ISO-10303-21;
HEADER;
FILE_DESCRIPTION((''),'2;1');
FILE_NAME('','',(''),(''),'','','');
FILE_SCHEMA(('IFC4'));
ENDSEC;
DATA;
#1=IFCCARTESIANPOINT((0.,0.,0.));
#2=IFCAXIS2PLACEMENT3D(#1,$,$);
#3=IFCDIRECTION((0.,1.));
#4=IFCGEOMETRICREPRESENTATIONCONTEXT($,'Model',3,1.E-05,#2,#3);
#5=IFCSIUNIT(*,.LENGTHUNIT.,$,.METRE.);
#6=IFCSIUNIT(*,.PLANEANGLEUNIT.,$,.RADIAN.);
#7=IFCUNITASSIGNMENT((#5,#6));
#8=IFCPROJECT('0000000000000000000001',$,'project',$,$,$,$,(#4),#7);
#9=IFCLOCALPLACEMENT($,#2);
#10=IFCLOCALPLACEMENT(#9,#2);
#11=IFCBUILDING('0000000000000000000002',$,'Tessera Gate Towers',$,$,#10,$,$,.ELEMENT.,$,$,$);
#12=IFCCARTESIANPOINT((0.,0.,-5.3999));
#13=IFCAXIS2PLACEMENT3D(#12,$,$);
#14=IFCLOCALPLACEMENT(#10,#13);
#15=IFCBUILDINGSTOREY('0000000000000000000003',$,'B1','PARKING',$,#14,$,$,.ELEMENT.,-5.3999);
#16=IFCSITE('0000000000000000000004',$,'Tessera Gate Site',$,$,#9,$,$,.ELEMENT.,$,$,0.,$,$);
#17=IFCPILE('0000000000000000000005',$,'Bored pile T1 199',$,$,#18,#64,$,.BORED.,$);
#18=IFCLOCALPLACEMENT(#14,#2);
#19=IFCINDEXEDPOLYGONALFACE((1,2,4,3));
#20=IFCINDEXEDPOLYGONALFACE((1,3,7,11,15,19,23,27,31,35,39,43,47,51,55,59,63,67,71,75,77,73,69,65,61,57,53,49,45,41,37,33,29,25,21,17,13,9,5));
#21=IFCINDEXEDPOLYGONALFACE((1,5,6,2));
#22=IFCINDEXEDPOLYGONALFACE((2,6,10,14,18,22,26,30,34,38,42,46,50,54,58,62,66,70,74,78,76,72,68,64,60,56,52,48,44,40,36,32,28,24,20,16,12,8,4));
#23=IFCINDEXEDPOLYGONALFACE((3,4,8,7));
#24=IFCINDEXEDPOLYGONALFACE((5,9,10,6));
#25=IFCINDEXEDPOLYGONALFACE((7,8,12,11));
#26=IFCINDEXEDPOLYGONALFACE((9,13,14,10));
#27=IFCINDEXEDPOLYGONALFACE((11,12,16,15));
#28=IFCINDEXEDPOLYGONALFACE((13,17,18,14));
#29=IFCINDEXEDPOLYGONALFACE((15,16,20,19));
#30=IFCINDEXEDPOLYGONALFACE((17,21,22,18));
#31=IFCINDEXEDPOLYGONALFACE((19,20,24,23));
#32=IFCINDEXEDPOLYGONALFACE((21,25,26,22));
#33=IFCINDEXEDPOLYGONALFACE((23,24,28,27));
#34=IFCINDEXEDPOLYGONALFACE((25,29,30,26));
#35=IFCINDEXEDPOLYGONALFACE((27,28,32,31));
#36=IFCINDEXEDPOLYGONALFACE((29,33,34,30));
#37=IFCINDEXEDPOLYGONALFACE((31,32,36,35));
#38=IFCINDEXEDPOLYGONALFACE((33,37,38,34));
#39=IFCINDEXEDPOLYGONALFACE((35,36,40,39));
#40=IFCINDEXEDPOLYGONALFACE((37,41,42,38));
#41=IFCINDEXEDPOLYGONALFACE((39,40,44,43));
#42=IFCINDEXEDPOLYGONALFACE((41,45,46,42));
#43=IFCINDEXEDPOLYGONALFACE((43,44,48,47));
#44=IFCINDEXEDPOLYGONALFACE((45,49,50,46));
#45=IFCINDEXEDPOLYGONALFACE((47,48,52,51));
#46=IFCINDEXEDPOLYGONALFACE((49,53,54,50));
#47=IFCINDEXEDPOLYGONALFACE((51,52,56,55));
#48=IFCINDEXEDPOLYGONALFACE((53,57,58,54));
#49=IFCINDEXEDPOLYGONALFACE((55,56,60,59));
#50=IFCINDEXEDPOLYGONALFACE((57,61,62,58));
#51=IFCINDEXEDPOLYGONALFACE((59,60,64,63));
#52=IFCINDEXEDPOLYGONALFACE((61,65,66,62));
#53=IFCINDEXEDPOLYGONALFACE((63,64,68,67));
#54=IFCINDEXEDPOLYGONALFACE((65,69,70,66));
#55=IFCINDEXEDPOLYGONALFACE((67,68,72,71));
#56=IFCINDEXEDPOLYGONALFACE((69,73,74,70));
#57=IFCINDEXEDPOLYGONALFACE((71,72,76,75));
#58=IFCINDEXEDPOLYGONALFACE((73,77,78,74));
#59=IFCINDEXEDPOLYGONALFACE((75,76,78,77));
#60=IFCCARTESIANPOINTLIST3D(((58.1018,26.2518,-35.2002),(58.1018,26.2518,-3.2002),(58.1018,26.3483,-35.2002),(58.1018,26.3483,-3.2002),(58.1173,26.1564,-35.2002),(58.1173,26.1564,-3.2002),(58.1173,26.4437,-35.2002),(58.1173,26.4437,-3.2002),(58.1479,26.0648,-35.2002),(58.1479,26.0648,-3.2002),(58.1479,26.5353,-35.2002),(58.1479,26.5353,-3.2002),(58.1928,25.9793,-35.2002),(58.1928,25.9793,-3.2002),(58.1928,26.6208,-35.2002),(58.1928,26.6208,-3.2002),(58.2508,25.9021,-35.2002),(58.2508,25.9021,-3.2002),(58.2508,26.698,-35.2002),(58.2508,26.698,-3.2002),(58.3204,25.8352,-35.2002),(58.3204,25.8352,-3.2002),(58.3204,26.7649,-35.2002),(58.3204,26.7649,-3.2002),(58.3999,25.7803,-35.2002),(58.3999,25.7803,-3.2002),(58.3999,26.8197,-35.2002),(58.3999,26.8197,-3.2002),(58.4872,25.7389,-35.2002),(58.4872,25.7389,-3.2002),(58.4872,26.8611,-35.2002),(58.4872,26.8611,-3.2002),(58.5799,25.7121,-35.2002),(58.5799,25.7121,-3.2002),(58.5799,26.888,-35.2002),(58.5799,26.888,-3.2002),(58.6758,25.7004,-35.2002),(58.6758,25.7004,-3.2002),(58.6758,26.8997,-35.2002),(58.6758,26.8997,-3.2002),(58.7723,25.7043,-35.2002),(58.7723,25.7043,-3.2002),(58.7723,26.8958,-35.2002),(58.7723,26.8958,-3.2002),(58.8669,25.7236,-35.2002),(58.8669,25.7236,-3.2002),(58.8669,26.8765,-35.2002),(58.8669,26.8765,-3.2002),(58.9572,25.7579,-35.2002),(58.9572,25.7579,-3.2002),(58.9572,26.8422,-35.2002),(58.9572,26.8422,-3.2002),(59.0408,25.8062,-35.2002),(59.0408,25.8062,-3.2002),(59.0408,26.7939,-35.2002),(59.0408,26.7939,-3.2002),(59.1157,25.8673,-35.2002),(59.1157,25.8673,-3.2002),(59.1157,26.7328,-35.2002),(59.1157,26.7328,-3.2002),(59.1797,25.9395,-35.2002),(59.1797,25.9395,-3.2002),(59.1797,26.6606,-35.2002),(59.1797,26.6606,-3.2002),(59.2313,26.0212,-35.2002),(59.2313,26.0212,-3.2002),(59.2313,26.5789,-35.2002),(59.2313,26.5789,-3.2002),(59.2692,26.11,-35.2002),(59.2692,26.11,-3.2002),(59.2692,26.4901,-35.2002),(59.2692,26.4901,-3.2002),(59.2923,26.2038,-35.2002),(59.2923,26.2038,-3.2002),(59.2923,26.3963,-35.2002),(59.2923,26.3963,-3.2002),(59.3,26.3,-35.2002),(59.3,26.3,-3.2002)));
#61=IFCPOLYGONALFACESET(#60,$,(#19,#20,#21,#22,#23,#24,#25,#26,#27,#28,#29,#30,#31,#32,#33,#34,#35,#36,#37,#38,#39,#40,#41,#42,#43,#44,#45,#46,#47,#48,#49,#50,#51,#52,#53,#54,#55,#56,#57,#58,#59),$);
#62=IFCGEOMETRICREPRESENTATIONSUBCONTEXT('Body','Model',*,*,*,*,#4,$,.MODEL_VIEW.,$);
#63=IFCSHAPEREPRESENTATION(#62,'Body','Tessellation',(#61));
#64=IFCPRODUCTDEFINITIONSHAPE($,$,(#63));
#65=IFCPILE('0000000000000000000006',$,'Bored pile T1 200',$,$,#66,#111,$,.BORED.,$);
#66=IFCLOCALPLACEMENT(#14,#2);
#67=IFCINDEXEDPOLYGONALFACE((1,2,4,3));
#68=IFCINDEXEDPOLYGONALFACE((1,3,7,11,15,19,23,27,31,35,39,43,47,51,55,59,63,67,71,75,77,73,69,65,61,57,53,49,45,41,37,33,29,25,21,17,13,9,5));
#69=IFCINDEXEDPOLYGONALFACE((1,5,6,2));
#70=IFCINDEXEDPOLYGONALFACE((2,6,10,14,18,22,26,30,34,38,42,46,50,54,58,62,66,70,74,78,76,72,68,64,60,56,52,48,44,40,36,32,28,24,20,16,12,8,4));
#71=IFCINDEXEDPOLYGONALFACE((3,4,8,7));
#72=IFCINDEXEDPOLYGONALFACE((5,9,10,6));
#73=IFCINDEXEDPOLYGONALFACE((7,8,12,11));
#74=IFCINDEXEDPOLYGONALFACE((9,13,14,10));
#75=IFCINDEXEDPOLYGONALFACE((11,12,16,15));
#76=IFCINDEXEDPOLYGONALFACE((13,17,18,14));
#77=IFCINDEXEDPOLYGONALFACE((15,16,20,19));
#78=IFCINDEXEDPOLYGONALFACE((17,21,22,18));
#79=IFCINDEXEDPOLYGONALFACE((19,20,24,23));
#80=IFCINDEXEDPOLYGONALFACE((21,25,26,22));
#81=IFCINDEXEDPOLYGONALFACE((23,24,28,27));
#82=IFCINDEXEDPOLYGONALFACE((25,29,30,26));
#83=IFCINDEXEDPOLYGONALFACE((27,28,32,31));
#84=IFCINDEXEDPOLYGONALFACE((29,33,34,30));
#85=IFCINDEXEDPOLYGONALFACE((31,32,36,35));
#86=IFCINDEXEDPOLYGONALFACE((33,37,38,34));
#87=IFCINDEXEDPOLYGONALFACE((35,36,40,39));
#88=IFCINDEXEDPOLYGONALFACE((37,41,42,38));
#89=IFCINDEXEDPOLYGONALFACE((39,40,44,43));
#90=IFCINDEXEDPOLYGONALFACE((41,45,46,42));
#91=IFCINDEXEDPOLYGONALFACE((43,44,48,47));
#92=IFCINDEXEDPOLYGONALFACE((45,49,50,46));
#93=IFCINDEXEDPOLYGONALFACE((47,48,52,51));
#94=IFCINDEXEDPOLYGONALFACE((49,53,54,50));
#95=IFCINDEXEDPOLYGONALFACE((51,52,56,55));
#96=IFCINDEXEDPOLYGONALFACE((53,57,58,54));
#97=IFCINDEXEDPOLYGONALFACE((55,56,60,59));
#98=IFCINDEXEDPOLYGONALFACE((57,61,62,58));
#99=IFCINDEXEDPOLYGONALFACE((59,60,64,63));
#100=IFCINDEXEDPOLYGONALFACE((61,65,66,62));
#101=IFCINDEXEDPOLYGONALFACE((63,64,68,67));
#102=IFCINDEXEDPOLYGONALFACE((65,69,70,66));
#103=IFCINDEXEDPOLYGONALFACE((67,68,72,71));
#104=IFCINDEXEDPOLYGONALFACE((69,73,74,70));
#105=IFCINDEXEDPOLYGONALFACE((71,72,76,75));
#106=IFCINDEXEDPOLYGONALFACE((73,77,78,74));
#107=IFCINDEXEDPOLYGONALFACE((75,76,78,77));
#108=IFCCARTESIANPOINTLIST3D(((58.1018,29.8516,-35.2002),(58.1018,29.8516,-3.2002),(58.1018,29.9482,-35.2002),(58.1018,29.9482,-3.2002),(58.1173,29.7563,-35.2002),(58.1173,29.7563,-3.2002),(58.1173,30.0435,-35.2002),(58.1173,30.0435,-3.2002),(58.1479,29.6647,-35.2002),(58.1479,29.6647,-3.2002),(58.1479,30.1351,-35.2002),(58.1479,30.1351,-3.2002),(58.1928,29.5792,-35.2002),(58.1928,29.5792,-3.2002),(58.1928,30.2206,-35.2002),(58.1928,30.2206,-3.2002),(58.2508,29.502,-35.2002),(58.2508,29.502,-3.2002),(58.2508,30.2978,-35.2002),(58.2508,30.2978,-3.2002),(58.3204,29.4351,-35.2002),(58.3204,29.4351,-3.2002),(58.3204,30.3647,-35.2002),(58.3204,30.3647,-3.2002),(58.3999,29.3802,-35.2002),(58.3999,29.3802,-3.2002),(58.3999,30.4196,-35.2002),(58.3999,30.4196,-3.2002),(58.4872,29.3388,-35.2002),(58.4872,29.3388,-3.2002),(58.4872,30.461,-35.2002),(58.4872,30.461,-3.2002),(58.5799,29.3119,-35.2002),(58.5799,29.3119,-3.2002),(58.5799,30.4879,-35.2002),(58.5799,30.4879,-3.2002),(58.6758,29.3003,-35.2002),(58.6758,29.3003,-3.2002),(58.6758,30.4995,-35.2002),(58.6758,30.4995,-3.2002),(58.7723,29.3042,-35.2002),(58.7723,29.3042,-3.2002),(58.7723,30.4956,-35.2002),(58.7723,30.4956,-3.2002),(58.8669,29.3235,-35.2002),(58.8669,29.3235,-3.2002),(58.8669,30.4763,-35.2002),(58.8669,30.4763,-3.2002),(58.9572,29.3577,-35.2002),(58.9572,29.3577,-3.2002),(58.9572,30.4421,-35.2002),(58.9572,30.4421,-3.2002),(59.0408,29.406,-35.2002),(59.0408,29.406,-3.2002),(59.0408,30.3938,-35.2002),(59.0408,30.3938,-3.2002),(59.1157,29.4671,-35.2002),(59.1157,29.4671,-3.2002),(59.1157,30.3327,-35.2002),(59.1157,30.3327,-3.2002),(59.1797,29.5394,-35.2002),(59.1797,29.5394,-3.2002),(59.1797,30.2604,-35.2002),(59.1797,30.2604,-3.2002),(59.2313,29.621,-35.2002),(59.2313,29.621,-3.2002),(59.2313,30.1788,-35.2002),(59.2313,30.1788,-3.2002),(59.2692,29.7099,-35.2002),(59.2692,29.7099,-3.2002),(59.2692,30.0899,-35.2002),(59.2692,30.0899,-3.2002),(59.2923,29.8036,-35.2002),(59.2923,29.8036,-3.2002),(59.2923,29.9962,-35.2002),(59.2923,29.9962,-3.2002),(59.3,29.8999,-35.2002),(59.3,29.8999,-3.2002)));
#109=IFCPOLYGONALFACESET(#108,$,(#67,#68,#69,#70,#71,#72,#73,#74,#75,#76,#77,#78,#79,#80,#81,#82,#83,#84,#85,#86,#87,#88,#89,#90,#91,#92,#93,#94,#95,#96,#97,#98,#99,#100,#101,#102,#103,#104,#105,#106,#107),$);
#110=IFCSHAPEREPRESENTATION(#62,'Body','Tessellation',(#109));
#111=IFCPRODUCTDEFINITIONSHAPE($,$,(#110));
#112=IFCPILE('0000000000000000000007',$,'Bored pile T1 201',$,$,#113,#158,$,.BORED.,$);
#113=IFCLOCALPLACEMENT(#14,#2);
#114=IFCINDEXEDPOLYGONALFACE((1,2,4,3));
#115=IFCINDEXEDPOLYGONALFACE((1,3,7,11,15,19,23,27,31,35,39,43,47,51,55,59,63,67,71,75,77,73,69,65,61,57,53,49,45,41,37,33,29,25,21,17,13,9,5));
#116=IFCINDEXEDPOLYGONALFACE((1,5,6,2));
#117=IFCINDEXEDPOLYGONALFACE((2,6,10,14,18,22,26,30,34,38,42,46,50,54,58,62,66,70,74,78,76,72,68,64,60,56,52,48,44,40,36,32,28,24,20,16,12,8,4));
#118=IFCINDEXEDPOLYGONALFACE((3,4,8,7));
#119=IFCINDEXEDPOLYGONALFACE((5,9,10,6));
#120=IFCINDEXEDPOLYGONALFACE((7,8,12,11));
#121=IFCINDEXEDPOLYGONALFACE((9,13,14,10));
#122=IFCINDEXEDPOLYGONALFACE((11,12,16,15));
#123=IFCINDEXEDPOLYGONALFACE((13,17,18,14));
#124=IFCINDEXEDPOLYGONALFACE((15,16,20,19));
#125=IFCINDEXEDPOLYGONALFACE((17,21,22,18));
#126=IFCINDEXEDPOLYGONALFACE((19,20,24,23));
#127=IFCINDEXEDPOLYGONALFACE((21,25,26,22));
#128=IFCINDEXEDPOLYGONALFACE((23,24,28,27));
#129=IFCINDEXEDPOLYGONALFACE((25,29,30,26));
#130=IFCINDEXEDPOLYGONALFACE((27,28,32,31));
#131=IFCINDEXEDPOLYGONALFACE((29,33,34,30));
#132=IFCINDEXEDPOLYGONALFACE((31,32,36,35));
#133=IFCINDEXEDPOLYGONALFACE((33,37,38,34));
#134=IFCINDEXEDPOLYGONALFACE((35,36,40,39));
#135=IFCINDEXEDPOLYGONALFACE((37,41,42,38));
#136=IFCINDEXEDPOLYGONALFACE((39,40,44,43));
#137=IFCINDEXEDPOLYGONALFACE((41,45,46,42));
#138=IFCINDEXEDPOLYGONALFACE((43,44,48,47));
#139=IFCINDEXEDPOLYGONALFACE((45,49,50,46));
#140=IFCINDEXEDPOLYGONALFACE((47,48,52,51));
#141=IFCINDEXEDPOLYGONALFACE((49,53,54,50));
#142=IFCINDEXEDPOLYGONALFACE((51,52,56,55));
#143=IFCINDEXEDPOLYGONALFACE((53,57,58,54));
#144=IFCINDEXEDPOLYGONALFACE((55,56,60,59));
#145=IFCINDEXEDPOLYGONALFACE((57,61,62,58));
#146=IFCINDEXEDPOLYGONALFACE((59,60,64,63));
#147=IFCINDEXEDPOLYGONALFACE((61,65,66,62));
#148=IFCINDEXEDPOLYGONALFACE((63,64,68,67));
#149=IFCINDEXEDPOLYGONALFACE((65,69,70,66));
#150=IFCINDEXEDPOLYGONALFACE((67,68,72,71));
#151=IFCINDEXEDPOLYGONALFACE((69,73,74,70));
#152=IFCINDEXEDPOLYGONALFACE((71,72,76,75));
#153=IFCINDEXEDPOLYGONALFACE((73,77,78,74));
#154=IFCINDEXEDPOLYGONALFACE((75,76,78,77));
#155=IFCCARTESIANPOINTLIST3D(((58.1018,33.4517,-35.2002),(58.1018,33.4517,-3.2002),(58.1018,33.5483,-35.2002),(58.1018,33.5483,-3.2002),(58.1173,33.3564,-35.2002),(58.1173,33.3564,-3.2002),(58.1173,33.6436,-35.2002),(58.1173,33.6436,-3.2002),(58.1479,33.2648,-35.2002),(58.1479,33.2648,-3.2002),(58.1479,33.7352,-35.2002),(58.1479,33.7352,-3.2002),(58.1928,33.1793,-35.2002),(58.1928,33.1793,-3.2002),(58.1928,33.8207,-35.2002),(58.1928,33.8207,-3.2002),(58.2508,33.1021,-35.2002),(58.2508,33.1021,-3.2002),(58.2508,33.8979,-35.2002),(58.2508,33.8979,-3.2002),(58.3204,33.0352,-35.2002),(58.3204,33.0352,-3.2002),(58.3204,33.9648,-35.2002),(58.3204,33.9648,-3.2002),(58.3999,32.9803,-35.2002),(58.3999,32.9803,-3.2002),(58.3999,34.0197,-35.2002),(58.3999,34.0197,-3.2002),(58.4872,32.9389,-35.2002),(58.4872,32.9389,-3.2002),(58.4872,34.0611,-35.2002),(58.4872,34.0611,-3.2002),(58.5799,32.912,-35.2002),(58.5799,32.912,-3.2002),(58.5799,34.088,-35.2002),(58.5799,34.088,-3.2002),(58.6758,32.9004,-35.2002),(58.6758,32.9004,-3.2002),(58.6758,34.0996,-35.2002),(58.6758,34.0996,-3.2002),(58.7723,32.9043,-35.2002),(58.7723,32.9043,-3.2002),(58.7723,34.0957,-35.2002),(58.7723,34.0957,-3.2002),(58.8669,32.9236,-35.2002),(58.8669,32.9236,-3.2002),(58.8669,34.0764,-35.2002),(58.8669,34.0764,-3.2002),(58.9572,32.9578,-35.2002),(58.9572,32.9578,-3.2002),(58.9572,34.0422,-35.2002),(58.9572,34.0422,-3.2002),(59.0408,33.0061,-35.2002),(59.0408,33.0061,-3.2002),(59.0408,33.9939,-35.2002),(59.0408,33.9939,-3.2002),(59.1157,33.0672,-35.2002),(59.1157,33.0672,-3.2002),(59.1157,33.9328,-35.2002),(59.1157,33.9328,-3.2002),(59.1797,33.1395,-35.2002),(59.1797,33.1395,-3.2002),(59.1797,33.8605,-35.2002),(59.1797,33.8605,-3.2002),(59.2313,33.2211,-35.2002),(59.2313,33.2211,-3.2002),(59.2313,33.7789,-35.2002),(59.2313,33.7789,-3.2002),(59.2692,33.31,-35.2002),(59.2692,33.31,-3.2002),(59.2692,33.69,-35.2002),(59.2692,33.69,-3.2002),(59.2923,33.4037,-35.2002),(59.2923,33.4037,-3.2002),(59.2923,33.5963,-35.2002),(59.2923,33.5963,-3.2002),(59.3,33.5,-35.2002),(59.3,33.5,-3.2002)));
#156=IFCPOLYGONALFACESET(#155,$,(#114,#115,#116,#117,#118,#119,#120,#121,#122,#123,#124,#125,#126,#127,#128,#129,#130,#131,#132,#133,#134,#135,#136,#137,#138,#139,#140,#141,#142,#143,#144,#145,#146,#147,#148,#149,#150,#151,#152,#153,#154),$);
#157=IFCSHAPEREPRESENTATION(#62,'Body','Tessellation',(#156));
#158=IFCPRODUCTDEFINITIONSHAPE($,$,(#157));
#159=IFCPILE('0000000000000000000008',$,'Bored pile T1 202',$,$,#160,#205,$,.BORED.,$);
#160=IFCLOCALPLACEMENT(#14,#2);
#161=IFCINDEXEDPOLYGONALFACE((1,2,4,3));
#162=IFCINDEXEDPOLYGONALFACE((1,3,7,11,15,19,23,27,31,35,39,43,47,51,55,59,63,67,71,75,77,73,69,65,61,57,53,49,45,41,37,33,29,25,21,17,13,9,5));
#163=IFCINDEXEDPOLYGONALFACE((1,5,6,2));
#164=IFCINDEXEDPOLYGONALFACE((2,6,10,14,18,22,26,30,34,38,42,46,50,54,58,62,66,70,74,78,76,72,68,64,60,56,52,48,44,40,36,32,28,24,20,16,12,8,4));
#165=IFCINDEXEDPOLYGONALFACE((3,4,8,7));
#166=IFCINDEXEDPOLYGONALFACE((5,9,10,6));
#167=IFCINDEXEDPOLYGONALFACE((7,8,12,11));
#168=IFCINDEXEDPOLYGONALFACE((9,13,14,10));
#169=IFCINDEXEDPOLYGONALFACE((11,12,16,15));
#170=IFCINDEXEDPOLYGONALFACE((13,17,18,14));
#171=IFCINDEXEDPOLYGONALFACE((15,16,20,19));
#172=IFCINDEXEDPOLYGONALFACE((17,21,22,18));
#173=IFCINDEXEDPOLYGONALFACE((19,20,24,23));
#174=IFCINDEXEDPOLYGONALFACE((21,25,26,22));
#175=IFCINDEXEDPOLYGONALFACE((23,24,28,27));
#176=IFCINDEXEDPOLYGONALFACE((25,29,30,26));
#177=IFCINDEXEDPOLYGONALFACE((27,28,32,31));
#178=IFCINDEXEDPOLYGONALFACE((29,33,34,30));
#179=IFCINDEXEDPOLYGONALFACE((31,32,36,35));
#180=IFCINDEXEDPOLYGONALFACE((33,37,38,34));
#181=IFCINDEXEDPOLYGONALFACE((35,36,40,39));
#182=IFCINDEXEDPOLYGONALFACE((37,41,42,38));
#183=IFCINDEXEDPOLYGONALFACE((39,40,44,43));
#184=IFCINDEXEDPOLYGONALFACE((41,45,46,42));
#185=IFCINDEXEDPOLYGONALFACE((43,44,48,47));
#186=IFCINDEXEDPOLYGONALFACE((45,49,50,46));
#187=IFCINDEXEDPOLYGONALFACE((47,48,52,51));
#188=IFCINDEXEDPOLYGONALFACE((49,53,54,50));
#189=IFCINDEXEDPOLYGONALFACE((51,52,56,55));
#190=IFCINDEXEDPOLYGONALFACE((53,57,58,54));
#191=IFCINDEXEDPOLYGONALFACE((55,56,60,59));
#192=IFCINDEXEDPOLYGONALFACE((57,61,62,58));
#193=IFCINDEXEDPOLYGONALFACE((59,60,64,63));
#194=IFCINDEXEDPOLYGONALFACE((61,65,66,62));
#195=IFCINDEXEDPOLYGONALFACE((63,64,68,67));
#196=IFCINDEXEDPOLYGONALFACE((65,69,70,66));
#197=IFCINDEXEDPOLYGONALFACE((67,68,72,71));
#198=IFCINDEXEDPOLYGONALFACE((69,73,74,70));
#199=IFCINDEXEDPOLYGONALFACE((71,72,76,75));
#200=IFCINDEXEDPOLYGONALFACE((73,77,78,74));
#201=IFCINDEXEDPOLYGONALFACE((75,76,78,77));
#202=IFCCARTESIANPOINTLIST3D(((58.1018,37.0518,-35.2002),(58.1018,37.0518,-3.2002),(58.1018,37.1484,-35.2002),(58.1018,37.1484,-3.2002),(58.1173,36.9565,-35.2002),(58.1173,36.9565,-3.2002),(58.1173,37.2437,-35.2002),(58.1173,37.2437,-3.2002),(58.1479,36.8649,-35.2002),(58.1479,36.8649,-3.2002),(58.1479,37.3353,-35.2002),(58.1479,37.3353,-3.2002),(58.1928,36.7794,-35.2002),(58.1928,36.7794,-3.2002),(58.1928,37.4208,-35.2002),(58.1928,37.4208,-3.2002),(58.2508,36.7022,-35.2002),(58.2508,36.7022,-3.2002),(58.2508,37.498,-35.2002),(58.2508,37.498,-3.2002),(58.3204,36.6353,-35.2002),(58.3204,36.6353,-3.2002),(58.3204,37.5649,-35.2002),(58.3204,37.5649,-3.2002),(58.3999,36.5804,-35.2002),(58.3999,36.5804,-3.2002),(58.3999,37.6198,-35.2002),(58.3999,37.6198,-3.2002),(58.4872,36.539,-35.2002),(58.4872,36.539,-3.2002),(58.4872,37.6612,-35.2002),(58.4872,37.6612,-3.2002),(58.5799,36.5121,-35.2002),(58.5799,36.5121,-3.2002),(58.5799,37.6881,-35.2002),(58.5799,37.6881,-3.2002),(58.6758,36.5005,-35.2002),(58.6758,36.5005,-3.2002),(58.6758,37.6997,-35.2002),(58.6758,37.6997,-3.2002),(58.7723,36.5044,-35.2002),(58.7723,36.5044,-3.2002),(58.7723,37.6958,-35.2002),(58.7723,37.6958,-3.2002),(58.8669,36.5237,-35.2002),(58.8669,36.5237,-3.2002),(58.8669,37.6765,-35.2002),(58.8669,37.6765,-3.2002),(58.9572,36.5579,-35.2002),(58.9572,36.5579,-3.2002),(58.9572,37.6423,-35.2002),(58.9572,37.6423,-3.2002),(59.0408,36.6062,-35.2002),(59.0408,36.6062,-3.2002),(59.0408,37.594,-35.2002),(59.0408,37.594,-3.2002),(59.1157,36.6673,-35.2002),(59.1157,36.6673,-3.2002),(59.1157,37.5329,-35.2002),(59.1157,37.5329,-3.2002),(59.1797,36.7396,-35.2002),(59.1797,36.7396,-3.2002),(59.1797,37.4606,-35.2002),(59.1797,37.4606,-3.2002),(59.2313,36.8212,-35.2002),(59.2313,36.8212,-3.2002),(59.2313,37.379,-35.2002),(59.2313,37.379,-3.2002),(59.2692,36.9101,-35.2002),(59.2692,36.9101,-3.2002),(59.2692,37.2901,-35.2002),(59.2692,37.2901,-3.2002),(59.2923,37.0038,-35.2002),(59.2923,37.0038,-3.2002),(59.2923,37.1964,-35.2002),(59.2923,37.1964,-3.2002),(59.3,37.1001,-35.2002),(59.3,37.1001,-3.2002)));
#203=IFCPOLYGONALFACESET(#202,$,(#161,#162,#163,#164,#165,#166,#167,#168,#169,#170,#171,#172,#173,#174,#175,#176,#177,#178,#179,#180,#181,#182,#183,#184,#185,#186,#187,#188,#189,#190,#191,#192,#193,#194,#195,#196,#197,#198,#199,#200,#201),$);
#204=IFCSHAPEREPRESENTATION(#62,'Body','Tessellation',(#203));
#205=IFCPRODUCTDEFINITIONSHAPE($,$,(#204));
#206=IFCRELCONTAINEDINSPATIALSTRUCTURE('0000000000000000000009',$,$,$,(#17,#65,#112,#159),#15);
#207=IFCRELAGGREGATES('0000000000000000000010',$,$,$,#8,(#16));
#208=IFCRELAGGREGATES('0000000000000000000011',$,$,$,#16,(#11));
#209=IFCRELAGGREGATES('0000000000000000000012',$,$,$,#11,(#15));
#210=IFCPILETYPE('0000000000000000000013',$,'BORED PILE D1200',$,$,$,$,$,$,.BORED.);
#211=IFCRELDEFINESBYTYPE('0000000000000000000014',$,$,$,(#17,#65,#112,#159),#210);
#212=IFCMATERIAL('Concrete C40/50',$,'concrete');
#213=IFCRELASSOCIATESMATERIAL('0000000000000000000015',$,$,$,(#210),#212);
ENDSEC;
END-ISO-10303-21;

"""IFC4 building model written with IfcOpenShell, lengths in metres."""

from ifc_helpers import new_model, si_unit, direction, frame, origin, origin_2d, place, context, subcontext, project, spatial, circle, extrude, material, material_profile, profile_set, type_object, element, save


model = new_model("IFC4")

# Units and contexts
model_context = context("Model", 3, precision=1e-05, world=origin(), true_north=direction((0.0, 1.0)))
body_context = subcontext(model_context, "Body", "Model", "MODEL_VIEW")
ifc_project = project(units=[si_unit("LENGTHUNIT", "METRE"), si_unit("PLANEANGLEUNIT", "RADIAN")], contexts=[model_context])

# Site, building, storey
site_placement = place(None, origin())
site = spatial("IfcSite", under=ifc_project, at=site_placement, Name="Tessera Gate Site", CompositionType="ELEMENT", RefElevation=0.0)
building_placement = place(site_placement, origin())
building = spatial("IfcBuilding", under=site, at=building_placement, Name="Tessera Gate Towers", CompositionType="ELEMENT")
storey_placement = place(building_placement, frame((0.0, 0.0, -5.3999)))
storey = spatial("IfcBuildingStorey", under=building, at=storey_placement, Name="B1", Description="PARKING", CompositionType="ELEMENT", Elevation=-5.3999)

# Piles
ifc_material_1 = material(Name="Concrete C40/50", Category="concrete")
ifc_material_profile_1 = material_profile(ifc_material_1, circle(Radius=0.6001, at=origin_2d()), Name="BORED PILE D1200")
ifc_profile_set_1 = profile_set([ifc_material_profile_1], Name="Concrete C40/50")
pile_type = type_object("IfcPileType", Name="BORED PILE D1200", PredefinedType="BORED", material=ifc_profile_set_1)
for number, where, z_axis, x_axis, name in (
    (1, (58.7, 26.3, -3.2002), (0.0, 0.0, -1.0), (1.0, 0.0, 0.0), "Bored pile T1 199"),
    (2, (58.7, 29.8999, -3.2002), (0.0, 0.0, -1.0), (1.0, 0.0, 0.0), "Bored pile T1 200"),
    (3, (58.7, 33.5, -3.2002), (0.0, 0.0, -1.0), (1.0, 0.0, 0.0), "Bored pile T1 201"),
    (4, (58.7, 37.1001, -3.2002), (0.0, 0.0, -1.0), (1.0, 0.0, 0.0), "Bored pile T1 202"),
):
    element("IfcPile", number, at=place(storey_placement, frame(where, z_axis=z_axis, x_axis=x_axis)), inside=storey, type_object=pile_type, Name=name, PredefinedType="BORED", context=body_context, shape_type="SweptSolid", body=[
        extrude(circle(Radius=0.6001, at=origin_2d()), origin(), (0.0, 0.0, 1.0), 32.0),
    ])

save(model, "model.ifc")
